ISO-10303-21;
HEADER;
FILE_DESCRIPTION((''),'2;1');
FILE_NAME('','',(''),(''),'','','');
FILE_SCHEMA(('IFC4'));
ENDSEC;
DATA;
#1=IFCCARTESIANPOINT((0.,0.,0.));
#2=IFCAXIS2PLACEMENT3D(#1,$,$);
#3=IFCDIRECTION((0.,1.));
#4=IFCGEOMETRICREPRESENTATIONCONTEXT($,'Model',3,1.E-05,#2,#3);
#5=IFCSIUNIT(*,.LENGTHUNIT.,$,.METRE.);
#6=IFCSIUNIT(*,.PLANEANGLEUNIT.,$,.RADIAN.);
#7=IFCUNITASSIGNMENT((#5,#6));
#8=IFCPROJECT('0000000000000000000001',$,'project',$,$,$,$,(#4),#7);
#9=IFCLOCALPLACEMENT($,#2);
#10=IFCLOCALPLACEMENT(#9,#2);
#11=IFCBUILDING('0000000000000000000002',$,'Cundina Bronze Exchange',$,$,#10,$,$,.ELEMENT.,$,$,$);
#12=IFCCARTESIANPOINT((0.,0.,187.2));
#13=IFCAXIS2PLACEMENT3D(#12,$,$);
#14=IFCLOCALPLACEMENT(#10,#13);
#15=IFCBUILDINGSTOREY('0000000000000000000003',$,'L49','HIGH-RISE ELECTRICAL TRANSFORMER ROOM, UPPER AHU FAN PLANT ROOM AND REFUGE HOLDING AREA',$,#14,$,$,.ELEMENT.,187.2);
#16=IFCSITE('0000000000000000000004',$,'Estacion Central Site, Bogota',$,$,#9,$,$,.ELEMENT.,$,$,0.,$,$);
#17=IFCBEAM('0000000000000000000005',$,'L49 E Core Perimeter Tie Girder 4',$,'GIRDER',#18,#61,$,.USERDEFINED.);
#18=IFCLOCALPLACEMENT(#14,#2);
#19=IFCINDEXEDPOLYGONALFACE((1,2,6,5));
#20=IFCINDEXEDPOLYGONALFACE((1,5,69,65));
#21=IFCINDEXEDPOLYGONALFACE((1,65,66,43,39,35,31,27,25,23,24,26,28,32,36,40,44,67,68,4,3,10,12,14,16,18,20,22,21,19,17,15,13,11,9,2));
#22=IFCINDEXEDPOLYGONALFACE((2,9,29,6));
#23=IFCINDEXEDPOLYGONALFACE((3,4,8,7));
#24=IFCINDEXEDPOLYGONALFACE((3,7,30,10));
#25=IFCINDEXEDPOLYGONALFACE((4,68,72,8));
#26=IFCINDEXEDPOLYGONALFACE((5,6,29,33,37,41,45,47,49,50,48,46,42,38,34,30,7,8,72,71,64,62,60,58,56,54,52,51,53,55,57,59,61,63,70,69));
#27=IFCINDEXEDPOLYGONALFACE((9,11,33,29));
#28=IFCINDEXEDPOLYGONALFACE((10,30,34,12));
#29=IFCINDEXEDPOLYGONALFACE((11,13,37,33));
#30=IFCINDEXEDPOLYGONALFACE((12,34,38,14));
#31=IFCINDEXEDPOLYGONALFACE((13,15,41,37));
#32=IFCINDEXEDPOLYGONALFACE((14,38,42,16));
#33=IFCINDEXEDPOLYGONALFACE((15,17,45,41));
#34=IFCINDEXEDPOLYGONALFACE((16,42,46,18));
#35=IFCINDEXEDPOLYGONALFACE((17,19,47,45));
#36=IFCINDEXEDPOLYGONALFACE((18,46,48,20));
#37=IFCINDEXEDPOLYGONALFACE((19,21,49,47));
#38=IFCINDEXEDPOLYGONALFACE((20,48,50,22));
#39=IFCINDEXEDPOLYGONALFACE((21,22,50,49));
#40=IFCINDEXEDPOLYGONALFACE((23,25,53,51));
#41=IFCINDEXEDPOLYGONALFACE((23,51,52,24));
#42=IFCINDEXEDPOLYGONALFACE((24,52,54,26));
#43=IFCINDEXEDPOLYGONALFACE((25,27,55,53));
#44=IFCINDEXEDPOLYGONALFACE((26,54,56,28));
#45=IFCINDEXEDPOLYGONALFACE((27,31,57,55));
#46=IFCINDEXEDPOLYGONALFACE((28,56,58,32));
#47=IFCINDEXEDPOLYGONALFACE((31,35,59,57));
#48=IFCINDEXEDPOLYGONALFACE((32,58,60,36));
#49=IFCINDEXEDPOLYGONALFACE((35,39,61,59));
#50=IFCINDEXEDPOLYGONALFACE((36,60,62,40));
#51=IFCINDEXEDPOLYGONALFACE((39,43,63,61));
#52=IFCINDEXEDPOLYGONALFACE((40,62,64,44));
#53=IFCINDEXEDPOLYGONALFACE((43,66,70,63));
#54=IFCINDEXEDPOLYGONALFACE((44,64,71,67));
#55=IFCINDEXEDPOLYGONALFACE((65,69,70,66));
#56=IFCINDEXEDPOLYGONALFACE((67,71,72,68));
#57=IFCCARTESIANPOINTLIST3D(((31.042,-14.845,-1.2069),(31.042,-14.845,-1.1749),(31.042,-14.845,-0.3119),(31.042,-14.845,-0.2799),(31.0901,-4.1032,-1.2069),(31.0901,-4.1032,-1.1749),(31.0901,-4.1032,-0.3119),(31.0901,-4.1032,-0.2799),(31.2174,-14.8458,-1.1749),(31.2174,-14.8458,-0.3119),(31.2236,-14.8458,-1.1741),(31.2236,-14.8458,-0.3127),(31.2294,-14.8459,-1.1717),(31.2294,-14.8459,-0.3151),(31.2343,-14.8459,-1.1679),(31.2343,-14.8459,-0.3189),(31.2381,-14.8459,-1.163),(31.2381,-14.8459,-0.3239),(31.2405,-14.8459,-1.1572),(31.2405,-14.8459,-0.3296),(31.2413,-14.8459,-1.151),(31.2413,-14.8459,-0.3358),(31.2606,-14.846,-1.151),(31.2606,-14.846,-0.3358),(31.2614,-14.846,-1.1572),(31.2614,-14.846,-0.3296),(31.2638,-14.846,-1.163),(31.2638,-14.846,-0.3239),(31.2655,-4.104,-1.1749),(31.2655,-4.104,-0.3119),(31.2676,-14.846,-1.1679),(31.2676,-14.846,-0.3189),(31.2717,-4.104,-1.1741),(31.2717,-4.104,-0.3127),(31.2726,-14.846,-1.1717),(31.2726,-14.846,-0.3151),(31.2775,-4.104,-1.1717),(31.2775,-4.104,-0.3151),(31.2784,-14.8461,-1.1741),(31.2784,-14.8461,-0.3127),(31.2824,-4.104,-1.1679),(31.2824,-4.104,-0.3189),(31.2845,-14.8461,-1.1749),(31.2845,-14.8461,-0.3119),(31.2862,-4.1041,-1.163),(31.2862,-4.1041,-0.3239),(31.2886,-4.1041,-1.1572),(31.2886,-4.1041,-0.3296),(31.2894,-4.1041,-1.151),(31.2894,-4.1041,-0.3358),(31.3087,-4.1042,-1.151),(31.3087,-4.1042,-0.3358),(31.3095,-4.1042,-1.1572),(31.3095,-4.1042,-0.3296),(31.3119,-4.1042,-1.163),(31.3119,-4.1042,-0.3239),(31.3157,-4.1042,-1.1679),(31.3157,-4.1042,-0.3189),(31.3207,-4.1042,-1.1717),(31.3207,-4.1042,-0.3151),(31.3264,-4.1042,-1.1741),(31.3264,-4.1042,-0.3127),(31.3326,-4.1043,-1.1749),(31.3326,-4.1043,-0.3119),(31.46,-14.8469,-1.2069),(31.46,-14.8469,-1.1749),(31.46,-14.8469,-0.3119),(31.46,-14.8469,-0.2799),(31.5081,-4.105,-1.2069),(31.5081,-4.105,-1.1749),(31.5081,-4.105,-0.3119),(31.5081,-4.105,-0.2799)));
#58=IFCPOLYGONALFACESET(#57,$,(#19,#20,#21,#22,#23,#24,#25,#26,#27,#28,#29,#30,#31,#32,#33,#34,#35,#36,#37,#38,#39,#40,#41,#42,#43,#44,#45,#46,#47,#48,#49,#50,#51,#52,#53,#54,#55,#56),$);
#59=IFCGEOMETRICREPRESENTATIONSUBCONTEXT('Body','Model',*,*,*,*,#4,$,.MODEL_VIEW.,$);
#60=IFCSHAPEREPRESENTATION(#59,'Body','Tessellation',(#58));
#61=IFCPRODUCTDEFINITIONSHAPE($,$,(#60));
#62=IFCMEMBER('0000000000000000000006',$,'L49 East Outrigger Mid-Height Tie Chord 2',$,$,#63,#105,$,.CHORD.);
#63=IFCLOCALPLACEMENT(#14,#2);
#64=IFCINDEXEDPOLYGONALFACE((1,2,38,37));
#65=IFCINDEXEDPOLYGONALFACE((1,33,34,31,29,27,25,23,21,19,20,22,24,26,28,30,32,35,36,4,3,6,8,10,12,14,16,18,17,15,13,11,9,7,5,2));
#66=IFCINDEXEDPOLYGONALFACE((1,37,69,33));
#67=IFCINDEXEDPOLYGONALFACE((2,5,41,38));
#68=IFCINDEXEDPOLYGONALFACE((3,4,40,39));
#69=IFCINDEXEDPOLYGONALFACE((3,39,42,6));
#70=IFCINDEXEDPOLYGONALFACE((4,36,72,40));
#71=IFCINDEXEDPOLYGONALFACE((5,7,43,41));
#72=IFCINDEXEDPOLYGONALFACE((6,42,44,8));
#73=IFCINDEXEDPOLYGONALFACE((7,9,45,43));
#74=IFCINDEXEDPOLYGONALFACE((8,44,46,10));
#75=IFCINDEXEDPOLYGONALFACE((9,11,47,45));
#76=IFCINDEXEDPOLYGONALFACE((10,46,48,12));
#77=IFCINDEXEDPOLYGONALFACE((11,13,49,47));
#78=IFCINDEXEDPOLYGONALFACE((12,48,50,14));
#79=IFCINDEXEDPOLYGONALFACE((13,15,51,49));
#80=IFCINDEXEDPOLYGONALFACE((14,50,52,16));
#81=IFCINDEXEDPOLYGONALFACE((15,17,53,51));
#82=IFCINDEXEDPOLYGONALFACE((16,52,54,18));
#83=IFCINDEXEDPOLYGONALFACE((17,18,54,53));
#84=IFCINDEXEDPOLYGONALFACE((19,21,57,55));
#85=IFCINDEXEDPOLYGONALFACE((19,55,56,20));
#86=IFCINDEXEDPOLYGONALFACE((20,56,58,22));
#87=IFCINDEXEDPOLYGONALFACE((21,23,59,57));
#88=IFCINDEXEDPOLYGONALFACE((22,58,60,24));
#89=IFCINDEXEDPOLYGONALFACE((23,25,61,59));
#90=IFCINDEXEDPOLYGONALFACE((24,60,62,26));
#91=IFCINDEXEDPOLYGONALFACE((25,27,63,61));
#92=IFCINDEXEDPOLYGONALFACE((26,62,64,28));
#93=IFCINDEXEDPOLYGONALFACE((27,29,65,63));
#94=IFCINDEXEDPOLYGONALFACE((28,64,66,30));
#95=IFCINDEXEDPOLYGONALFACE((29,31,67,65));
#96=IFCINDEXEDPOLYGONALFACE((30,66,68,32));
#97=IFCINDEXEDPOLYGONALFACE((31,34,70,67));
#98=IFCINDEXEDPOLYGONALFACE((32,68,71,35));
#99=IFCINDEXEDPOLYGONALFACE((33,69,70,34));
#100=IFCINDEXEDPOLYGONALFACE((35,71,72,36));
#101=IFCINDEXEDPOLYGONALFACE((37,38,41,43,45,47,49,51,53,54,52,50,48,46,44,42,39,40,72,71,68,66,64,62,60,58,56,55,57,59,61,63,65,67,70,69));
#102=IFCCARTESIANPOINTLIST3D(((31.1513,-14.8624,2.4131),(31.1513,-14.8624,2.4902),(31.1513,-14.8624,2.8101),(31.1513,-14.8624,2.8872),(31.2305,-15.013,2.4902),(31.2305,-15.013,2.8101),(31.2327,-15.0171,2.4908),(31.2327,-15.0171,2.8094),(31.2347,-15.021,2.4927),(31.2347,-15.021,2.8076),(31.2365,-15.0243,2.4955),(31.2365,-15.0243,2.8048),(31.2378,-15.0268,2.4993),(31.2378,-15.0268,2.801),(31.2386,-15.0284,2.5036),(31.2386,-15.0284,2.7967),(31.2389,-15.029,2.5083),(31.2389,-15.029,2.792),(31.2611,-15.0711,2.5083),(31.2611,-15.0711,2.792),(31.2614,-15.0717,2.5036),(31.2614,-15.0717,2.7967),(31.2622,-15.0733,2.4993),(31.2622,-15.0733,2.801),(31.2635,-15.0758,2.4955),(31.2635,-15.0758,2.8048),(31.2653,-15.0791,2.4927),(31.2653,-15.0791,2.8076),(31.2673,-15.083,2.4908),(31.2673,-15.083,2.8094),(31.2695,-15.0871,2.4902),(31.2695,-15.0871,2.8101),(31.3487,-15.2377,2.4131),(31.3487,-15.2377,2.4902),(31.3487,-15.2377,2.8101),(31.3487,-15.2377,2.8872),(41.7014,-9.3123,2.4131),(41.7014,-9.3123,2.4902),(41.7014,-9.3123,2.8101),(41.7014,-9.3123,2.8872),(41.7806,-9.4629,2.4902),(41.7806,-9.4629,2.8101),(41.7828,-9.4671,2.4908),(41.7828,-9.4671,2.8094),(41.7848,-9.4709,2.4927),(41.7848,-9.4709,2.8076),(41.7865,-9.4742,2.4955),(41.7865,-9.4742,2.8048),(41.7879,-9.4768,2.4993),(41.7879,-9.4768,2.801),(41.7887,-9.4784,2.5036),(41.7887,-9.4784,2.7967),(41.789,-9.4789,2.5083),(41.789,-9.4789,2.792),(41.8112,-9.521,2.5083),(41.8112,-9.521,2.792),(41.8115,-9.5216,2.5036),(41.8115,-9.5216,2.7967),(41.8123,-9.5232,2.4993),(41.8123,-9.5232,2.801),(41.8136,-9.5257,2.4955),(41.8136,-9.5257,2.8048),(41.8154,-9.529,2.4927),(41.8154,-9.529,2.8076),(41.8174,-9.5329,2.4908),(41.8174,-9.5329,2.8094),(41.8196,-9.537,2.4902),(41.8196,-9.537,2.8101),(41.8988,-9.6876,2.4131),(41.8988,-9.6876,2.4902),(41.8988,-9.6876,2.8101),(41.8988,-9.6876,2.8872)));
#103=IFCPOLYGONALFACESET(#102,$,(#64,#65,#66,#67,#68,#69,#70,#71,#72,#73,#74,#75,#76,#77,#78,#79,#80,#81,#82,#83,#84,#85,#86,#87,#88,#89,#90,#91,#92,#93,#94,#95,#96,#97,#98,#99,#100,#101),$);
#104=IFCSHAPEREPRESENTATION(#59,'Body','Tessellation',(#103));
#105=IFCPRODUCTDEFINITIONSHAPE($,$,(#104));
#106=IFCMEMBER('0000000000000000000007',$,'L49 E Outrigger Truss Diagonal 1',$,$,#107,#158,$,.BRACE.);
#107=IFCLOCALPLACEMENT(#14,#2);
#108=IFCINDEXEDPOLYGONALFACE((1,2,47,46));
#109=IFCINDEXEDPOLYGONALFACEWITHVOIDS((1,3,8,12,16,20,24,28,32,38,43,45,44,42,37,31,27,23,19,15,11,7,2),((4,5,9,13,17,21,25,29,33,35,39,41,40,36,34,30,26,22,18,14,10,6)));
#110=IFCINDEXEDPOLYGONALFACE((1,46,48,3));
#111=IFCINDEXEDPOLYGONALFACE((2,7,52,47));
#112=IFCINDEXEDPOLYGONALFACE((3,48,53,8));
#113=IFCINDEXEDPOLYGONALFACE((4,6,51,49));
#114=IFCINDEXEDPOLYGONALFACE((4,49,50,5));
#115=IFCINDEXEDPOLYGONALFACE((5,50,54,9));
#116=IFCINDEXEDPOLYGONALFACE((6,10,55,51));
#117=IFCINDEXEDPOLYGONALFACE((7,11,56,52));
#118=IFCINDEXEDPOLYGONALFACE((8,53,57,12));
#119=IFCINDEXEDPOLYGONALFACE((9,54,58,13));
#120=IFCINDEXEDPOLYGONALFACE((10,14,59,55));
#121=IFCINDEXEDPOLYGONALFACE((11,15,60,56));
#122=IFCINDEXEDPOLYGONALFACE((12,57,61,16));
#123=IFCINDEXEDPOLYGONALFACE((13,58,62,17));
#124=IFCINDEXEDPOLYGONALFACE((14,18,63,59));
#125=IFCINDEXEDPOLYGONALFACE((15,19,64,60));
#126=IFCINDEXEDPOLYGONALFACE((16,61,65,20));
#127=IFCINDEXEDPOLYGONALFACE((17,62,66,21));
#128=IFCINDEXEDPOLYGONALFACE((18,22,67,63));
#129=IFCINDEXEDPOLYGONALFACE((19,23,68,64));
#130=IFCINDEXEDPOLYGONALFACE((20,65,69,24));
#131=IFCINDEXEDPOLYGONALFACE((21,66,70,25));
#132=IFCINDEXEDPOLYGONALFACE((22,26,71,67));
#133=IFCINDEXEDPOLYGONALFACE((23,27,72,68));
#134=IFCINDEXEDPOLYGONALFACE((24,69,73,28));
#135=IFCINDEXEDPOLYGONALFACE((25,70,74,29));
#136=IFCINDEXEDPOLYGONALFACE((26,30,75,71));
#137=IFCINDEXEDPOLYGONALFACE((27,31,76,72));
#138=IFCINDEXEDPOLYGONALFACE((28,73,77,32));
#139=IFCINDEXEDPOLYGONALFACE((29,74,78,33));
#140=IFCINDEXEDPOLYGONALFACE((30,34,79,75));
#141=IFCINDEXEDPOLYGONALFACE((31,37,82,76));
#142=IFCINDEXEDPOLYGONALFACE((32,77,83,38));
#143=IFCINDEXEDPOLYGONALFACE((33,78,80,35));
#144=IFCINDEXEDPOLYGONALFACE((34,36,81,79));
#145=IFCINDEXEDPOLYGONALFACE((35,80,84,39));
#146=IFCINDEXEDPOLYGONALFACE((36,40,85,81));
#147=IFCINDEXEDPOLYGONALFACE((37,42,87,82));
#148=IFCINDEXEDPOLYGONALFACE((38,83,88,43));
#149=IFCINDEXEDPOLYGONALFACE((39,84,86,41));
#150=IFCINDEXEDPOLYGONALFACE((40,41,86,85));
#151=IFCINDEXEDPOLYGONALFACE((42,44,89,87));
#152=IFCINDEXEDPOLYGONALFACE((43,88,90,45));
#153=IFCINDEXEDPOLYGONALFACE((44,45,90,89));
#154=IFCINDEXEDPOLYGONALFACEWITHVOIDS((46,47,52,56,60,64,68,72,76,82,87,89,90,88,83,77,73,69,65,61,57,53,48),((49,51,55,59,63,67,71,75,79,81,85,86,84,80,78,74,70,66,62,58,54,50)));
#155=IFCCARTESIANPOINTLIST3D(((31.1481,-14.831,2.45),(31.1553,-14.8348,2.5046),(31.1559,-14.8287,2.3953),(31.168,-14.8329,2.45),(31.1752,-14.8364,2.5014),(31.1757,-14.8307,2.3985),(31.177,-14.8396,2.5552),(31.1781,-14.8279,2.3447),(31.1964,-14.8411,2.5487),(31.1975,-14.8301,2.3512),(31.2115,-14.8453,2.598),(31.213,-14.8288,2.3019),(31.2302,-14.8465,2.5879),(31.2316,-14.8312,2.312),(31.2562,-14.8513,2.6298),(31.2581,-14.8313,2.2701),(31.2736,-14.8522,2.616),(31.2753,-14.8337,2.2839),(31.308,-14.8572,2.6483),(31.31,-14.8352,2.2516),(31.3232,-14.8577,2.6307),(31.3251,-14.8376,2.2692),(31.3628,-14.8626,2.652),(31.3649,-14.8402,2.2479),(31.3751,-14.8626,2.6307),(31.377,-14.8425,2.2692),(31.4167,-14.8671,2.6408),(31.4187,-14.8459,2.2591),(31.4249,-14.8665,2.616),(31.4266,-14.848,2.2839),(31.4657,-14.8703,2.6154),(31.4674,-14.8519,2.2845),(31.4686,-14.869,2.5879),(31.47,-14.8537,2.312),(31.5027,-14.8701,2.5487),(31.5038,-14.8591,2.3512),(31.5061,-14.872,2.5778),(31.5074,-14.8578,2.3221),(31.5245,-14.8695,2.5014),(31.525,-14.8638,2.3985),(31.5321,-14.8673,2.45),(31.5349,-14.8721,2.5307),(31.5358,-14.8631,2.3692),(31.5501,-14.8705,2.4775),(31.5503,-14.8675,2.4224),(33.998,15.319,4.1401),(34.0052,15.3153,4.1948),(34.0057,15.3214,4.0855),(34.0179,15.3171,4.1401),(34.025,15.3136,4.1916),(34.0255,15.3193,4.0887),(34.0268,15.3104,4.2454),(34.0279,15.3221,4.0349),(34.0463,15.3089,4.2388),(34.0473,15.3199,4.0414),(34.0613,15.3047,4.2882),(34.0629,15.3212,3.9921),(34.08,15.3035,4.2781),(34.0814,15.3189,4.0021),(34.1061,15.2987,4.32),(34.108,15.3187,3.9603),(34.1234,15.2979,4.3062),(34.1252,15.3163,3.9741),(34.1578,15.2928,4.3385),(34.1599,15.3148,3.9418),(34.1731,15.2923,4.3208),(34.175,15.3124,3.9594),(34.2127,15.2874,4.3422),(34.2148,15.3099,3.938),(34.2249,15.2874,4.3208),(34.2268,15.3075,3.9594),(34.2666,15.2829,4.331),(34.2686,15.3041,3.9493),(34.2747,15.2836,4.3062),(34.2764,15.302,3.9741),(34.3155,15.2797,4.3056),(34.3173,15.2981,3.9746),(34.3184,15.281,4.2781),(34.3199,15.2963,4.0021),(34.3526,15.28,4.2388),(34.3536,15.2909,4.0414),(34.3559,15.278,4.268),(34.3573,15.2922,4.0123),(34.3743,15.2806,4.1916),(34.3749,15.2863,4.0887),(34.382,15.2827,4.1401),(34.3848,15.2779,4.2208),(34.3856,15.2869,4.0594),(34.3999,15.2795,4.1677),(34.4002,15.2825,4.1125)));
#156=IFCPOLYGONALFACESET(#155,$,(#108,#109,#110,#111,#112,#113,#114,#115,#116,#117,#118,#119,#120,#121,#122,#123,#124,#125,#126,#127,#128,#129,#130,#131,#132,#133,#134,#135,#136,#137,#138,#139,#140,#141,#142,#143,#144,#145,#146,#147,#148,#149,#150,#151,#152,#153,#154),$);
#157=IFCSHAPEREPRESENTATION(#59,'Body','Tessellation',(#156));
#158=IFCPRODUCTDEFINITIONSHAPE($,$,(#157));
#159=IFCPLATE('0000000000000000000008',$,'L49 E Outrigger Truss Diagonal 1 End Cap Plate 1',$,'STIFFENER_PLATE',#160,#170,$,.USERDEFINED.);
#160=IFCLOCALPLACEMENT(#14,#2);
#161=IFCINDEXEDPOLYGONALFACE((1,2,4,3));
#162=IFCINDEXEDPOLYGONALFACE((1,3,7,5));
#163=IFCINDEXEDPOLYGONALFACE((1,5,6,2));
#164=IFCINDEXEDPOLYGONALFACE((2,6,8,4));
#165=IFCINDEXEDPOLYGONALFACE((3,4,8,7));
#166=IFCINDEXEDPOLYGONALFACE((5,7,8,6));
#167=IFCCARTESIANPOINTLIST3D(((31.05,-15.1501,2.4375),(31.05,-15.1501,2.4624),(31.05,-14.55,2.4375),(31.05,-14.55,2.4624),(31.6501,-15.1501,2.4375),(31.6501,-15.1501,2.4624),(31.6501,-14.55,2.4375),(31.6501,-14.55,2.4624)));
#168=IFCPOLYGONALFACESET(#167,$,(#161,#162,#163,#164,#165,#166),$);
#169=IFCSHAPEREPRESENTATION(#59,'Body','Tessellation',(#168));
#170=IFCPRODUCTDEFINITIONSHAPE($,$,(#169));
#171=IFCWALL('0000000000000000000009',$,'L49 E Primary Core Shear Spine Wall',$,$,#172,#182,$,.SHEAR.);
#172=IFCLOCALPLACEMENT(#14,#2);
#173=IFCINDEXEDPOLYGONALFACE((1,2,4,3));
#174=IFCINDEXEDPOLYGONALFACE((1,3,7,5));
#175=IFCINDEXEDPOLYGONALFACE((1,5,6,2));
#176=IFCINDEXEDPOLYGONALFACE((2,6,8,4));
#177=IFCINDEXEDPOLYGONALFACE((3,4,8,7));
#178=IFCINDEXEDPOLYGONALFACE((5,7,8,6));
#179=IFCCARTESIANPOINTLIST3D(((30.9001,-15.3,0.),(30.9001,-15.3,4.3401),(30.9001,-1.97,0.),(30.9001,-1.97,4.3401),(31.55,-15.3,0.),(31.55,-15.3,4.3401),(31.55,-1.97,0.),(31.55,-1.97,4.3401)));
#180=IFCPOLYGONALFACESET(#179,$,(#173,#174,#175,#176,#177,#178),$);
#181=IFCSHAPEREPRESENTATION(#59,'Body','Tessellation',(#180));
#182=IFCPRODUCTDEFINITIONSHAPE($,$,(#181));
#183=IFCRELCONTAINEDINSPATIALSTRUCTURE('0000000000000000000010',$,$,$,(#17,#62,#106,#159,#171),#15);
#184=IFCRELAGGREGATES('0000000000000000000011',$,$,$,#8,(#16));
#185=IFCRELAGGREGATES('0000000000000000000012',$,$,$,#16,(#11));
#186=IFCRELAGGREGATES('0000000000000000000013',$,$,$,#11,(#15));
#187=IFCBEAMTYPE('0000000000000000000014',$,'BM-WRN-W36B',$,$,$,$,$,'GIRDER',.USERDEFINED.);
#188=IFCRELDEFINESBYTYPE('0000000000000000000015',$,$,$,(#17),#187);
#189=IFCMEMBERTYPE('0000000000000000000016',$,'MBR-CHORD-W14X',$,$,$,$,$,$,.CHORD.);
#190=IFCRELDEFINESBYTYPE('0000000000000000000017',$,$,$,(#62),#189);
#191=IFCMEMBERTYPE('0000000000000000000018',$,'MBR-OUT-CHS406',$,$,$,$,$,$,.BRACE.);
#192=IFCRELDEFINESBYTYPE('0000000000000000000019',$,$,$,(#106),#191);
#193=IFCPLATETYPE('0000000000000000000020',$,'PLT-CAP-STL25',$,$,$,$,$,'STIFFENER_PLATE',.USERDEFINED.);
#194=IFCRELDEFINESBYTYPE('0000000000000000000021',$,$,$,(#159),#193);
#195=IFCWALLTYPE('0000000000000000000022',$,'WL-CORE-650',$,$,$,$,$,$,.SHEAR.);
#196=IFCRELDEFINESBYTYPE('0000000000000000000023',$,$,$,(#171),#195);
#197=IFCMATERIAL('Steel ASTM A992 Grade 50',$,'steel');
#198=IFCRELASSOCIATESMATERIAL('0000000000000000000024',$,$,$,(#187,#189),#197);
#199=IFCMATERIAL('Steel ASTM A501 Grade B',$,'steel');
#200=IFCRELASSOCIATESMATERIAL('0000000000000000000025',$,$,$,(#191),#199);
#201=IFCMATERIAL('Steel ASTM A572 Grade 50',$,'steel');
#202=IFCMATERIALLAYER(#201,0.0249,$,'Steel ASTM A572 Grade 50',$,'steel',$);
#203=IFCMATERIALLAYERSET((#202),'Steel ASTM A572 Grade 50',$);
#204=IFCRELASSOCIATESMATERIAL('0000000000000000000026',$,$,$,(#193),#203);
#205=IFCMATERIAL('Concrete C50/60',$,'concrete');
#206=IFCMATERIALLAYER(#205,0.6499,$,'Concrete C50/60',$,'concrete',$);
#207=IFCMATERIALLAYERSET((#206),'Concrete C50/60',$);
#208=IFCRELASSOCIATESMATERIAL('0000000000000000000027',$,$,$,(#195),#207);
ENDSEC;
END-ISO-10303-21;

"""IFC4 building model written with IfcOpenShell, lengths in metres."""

from ifc_helpers import new_model, si_unit, direction, frame, frame_2d, origin, origin_2d, place, context, subcontext, project, spatial, rectangle, hollow_circle, i_section, extrude, material, layer, layer_set, material_profile, profile_set, type_object, element, save


model = new_model("IFC4")

# Units and contexts
model_context = context("Model", 3, precision=1e-05, world=origin(), true_north=direction((0.0, 1.0)))
body_context = subcontext(model_context, "Body", "Model", "MODEL_VIEW")
ifc_project = project(units=[si_unit("LENGTHUNIT", "METRE"), si_unit("PLANEANGLEUNIT", "RADIAN")], contexts=[model_context])

# Site, building, storey
site_placement = place(None, origin())
site = spatial("IfcSite", under=ifc_project, at=site_placement, Name="Estacion Central Site, Bogota", CompositionType="ELEMENT", RefElevation=0.0)
building_placement = place(site_placement, origin())
building = spatial("IfcBuilding", under=site, at=building_placement, Name="Cundina Bronze Exchange", CompositionType="ELEMENT")
storey_placement = place(building_placement, frame((0.0, 0.0, 187.2)))
storey = spatial("IfcBuildingStorey", under=building, at=storey_placement, Name="L49", Description="HIGH-RISE ELECTRICAL TRANSFORMER ROOM, UPPER AHU FAN PLANT ROOM AND REFUGE HOLDING AREA", CompositionType="ELEMENT", Elevation=187.2)

# Shared definitions
ifc_material_1 = material(Name="Steel ASTM A992 Grade 50", Category="steel")
ifc_material_2 = material(Name="Concrete C50/60", Category="concrete")

# Beam
ifc_material_profile_1 = material_profile(ifc_material_1, i_section(OverallWidth=0.418, OverallDepth=0.927, WebThickness=0.0193, FlangeThickness=0.032, FilletRadius=0.0239, at=origin_2d()), Name="W36X231", Category="steel")
ifc_profile_set_1 = profile_set([ifc_material_profile_1], Name="Steel ASTM A992 Grade 50")
beam_type_1 = type_object("IfcBeamType", Name="BM-WRN-W36B", ElementType="GIRDER", PredefinedType="USERDEFINED", material=ifc_profile_set_1)
beam_1_placement = place(storey_placement, frame((31.251, -14.8459, -0.7434), z_axis=(0.004477, 0.99999, 0.0), x_axis=(-0.99999, 0.004477, 0.0)))
element("IfcBeam", 1, at=beam_1_placement, inside=storey, type_object=beam_type_1, Name="L49 E Core Perimeter Tie Girder 4", ObjectType="GIRDER", PredefinedType="USERDEFINED", context=body_context, shape_type="SweptSolid", body=[
    extrude(i_section(OverallWidth=0.418, OverallDepth=0.927, WebThickness=0.0193, FlangeThickness=0.032, FilletRadius=0.0239, at=origin_2d()), origin(), (0.0, 0.0, 1.0), 10.7419),
])

# Members
ifc_material_profile_2 = material_profile(ifc_material_1, i_section(OverallWidth=0.4241, OverallDepth=0.4741, WebThickness=0.0476, FlangeThickness=0.0771, FilletRadius=0.0181, at=origin_2d()), Name="W14X426", Category="steel")
ifc_profile_set_2 = profile_set([ifc_material_profile_2], Name="Steel ASTM A992 Grade 50")
member_type_1 = type_object("IfcMemberType", Name="MBR-CHORD-W14X", PredefinedType="CHORD", material=ifc_profile_set_2)
member_1_placement = place(storey_placement, frame((31.25, -15.05, 2.6501), z_axis=(0.885008, 0.465575, 0.0), x_axis=(-0.465575, 0.885008, 0.0)))
element("IfcMember", 2, at=member_1_placement, inside=storey, type_object=member_type_1, Name="L49 East Outrigger Mid-Height Tie Chord 2", PredefinedType="CHORD", context=body_context, shape_type="SweptSolid", body=[
    extrude(i_section(OverallWidth=0.4241, OverallDepth=0.4741, WebThickness=0.0476, FlangeThickness=0.0771, FilletRadius=0.0181, at=origin_2d()), origin(), (0.0, 0.0, 1.0), 11.9209),
])
ifc_material_3 = material(Name="Steel ASTM A501 Grade B", Category="steel")
ifc_material_profile_3 = material_profile(ifc_material_3, hollow_circle(Radius=0.2029, WallThickness=0.02, at=origin_2d()), Name="CHS406X20", Category="steel")
ifc_profile_set_3 = profile_set([ifc_material_profile_3], Name="Steel ASTM A501 Grade B")
member_type_2 = type_object("IfcMemberType", Name="MBR-OUT-CHS406", PredefinedType="BRACE", material=ifc_profile_set_3)
member_2_placement = place(storey_placement, frame((31.3501, -14.8501, 2.45), z_axis=(0.093956, 0.994016, 0.055723), x_axis=(-0.995563, 0.094103, 0.0)))
element("IfcMember", 3, at=member_2_placement, inside=storey, type_object=member_type_2, Name="L49 E Outrigger Truss Diagonal 1", PredefinedType="BRACE", context=body_context, shape_type="SweptSolid", body=[
    extrude(hollow_circle(Radius=0.2029, WallThickness=0.02, at=origin_2d()), origin(), (0.0, 0.0, 1.0), 30.3315),
])

# Plate
ifc_material_4 = material(Name="Steel ASTM A572 Grade 50", Category="steel")
ifc_layer_1 = layer(ifc_material_4, 0.0249, Name="Steel ASTM A572 Grade 50", Category="steel")
ifc_layer_set_1 = layer_set([ifc_layer_1], Name="Steel ASTM A572 Grade 50")
plate_type = type_object("IfcPlateType", Name="PLT-CAP-STL25", ElementType="STIFFENER_PLATE", PredefinedType="USERDEFINED", material=ifc_layer_set_1)
plate_placement = place(storey_placement, frame((31.3501, -14.8501, 2.4375), z_axis=(0.0, 0.0, 1.0), x_axis=(1.0, 0.0, 0.0)))
element("IfcPlate", 4, at=plate_placement, inside=storey, type_object=plate_type, Name="L49 E Outrigger Truss Diagonal 1 End Cap Plate 1", ObjectType="STIFFENER_PLATE", PredefinedType="USERDEFINED", context=body_context, shape_type="SweptSolid", body=[
    extrude(rectangle(XDim=0.6001, YDim=0.6001, at=origin_2d()), origin(), (0.0, 0.0, 1.0), 0.0249),
])

# Wall
ifc_layer_2 = layer(ifc_material_2, 0.6499, Name="Concrete C50/60", Category="concrete")
ifc_layer_set_2 = layer_set([ifc_layer_2], Name="Concrete C50/60")
wall_type_1 = type_object("IfcWallType", Name="WL-CORE-650", PredefinedType="SHEAR", material=ifc_layer_set_2)
wall_1_placement = place(storey_placement, frame((31.2251, -15.3, 0.0), z_axis=(0.0, 0.0, 1.0), x_axis=(0.0, 1.0, 0.0)))
element("IfcWall", 5, at=wall_1_placement, inside=storey, type_object=wall_type_1, Name="L49 E Primary Core Shear Spine Wall", PredefinedType="SHEAR", context=body_context, shape_type="SweptSolid", body=[
    extrude(rectangle(XDim=13.3301, YDim=0.6499, at=frame_2d((6.665, 0.0))), origin(), (0.0, 0.0, 1.0), 4.3401),
])

save(model, "model.ifc")
